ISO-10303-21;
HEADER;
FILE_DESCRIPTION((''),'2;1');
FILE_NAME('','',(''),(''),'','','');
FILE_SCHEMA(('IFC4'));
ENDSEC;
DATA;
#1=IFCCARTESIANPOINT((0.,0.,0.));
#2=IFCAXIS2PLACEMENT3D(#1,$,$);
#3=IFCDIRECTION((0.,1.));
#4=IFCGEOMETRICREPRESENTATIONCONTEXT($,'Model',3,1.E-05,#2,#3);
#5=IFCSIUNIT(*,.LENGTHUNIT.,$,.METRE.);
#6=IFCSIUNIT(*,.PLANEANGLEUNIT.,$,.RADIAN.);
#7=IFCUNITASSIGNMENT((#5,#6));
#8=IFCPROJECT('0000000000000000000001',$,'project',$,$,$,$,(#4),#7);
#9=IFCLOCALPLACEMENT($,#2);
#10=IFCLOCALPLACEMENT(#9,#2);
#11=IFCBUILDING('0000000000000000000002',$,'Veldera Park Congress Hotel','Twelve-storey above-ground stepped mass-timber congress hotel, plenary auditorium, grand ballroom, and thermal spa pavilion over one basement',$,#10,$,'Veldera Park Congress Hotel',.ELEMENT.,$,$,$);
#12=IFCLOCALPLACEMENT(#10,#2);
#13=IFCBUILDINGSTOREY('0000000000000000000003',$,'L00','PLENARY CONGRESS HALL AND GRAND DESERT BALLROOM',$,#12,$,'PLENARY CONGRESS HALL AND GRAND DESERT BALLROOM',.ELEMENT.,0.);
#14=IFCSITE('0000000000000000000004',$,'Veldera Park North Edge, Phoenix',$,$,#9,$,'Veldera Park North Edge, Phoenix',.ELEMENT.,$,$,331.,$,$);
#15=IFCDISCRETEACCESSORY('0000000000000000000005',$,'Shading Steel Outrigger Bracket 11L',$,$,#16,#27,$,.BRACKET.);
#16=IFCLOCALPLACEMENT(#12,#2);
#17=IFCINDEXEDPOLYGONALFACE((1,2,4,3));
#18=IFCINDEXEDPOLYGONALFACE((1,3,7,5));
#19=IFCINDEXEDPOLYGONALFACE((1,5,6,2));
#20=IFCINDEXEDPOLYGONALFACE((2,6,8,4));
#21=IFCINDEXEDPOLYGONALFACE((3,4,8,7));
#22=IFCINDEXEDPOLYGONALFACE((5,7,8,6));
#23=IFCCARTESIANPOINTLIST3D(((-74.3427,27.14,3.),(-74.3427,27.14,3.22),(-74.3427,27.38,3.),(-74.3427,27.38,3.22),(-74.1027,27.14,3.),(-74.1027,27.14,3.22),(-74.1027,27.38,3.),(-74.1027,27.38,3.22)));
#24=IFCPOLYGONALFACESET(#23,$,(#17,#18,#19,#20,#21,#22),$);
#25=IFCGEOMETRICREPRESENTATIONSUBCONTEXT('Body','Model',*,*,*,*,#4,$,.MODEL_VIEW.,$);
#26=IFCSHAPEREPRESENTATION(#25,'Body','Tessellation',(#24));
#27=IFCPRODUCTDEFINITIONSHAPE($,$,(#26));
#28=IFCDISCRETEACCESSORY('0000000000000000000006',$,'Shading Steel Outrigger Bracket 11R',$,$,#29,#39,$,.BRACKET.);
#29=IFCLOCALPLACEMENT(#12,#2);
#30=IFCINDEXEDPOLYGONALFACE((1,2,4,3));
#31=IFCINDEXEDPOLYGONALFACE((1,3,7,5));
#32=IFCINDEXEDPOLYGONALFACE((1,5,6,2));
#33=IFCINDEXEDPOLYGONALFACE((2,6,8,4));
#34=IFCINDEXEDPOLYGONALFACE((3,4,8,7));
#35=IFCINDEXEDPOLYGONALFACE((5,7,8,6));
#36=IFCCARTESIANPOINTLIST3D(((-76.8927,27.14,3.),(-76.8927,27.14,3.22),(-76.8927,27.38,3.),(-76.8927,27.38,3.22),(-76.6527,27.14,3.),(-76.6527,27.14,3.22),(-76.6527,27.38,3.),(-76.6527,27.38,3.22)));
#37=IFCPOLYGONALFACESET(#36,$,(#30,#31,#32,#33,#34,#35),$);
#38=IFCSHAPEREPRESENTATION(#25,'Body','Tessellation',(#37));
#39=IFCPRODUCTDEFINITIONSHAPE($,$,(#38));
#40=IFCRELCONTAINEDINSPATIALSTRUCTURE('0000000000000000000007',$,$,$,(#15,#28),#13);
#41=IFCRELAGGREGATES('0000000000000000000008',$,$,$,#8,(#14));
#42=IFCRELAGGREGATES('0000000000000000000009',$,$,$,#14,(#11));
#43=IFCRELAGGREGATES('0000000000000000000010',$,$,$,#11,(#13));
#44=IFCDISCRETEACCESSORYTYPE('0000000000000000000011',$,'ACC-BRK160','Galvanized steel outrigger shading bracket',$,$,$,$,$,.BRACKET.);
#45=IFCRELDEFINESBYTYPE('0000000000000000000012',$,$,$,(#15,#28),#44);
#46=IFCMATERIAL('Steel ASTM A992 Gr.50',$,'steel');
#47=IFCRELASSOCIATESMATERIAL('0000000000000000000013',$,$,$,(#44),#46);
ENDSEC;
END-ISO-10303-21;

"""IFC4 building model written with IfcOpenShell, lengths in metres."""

from ifc_helpers import new_model, si_unit, direction, frame, origin, origin_2d, place, context, subcontext, project, spatial, rectangle, extrude, material, type_object, element, save


model = new_model("IFC4")

# Units and contexts
model_context = context("Model", 3, precision=1e-05, world=origin(), true_north=direction((0.0, 1.0)))
body_context = subcontext(model_context, "Body", "Model", "MODEL_VIEW")
ifc_project = project(units=[si_unit("LENGTHUNIT", "METRE"), si_unit("PLANEANGLEUNIT", "RADIAN")], contexts=[model_context])

# Site, building, storey
site_placement = place(None, origin())
site = spatial("IfcSite", under=ifc_project, at=site_placement, Name="Veldera Park North Edge, Phoenix", LongName="Veldera Park North Edge, Phoenix", CompositionType="ELEMENT", RefElevation=331.0)
building_placement = place(site_placement, origin())
building = spatial("IfcBuilding", under=site, at=building_placement, Name="Veldera Park Congress Hotel", Description="Twelve-storey above-ground stepped mass-timber congress hotel, plenary auditorium, grand ballroom, and thermal spa pavilion over one basement", LongName="Veldera Park Congress Hotel", CompositionType="ELEMENT")
storey_placement = place(building_placement, origin())
storey = spatial("IfcBuildingStorey", under=building, at=storey_placement, Name="L00", Description="PLENARY CONGRESS HALL AND GRAND DESERT BALLROOM", LongName="PLENARY CONGRESS HALL AND GRAND DESERT BALLROOM", CompositionType="ELEMENT", Elevation=0.0)

# Shared definitions
ifc_material_1 = material(Name="Steel ASTM A992 Gr.50", Category="steel")

# Discrete accessories
discrete_accessory_type = type_object("IfcDiscreteAccessoryType", Name="ACC-BRK160", Description="Galvanized steel outrigger shading bracket", PredefinedType="BRACKET", material=ifc_material_1)
for number, where, z_axis, x_axis, name in (
    (1, (-74.2227, 27.26, 3.0), (0.0, 0.0, 1.0), (-1.0, 0.0, 0.0), "Shading Steel Outrigger Bracket 11L"),
    (2, (-76.7727, 27.26, 3.0), (0.0, 0.0, 1.0), (-1.0, 0.0, 0.0), "Shading Steel Outrigger Bracket 11R"),
):
    element("IfcDiscreteAccessory", number, at=place(storey_placement, frame(where, z_axis=z_axis, x_axis=x_axis)), inside=storey, type_object=discrete_accessory_type, Name=name, PredefinedType="BRACKET", context=body_context, shape_type="SweptSolid", body=[
        extrude(rectangle(XDim=0.24, YDim=0.24, at=origin_2d()), origin(), (0.0, 0.0, 1.0), 0.22),
    ])

save(model, "model.ifc")
